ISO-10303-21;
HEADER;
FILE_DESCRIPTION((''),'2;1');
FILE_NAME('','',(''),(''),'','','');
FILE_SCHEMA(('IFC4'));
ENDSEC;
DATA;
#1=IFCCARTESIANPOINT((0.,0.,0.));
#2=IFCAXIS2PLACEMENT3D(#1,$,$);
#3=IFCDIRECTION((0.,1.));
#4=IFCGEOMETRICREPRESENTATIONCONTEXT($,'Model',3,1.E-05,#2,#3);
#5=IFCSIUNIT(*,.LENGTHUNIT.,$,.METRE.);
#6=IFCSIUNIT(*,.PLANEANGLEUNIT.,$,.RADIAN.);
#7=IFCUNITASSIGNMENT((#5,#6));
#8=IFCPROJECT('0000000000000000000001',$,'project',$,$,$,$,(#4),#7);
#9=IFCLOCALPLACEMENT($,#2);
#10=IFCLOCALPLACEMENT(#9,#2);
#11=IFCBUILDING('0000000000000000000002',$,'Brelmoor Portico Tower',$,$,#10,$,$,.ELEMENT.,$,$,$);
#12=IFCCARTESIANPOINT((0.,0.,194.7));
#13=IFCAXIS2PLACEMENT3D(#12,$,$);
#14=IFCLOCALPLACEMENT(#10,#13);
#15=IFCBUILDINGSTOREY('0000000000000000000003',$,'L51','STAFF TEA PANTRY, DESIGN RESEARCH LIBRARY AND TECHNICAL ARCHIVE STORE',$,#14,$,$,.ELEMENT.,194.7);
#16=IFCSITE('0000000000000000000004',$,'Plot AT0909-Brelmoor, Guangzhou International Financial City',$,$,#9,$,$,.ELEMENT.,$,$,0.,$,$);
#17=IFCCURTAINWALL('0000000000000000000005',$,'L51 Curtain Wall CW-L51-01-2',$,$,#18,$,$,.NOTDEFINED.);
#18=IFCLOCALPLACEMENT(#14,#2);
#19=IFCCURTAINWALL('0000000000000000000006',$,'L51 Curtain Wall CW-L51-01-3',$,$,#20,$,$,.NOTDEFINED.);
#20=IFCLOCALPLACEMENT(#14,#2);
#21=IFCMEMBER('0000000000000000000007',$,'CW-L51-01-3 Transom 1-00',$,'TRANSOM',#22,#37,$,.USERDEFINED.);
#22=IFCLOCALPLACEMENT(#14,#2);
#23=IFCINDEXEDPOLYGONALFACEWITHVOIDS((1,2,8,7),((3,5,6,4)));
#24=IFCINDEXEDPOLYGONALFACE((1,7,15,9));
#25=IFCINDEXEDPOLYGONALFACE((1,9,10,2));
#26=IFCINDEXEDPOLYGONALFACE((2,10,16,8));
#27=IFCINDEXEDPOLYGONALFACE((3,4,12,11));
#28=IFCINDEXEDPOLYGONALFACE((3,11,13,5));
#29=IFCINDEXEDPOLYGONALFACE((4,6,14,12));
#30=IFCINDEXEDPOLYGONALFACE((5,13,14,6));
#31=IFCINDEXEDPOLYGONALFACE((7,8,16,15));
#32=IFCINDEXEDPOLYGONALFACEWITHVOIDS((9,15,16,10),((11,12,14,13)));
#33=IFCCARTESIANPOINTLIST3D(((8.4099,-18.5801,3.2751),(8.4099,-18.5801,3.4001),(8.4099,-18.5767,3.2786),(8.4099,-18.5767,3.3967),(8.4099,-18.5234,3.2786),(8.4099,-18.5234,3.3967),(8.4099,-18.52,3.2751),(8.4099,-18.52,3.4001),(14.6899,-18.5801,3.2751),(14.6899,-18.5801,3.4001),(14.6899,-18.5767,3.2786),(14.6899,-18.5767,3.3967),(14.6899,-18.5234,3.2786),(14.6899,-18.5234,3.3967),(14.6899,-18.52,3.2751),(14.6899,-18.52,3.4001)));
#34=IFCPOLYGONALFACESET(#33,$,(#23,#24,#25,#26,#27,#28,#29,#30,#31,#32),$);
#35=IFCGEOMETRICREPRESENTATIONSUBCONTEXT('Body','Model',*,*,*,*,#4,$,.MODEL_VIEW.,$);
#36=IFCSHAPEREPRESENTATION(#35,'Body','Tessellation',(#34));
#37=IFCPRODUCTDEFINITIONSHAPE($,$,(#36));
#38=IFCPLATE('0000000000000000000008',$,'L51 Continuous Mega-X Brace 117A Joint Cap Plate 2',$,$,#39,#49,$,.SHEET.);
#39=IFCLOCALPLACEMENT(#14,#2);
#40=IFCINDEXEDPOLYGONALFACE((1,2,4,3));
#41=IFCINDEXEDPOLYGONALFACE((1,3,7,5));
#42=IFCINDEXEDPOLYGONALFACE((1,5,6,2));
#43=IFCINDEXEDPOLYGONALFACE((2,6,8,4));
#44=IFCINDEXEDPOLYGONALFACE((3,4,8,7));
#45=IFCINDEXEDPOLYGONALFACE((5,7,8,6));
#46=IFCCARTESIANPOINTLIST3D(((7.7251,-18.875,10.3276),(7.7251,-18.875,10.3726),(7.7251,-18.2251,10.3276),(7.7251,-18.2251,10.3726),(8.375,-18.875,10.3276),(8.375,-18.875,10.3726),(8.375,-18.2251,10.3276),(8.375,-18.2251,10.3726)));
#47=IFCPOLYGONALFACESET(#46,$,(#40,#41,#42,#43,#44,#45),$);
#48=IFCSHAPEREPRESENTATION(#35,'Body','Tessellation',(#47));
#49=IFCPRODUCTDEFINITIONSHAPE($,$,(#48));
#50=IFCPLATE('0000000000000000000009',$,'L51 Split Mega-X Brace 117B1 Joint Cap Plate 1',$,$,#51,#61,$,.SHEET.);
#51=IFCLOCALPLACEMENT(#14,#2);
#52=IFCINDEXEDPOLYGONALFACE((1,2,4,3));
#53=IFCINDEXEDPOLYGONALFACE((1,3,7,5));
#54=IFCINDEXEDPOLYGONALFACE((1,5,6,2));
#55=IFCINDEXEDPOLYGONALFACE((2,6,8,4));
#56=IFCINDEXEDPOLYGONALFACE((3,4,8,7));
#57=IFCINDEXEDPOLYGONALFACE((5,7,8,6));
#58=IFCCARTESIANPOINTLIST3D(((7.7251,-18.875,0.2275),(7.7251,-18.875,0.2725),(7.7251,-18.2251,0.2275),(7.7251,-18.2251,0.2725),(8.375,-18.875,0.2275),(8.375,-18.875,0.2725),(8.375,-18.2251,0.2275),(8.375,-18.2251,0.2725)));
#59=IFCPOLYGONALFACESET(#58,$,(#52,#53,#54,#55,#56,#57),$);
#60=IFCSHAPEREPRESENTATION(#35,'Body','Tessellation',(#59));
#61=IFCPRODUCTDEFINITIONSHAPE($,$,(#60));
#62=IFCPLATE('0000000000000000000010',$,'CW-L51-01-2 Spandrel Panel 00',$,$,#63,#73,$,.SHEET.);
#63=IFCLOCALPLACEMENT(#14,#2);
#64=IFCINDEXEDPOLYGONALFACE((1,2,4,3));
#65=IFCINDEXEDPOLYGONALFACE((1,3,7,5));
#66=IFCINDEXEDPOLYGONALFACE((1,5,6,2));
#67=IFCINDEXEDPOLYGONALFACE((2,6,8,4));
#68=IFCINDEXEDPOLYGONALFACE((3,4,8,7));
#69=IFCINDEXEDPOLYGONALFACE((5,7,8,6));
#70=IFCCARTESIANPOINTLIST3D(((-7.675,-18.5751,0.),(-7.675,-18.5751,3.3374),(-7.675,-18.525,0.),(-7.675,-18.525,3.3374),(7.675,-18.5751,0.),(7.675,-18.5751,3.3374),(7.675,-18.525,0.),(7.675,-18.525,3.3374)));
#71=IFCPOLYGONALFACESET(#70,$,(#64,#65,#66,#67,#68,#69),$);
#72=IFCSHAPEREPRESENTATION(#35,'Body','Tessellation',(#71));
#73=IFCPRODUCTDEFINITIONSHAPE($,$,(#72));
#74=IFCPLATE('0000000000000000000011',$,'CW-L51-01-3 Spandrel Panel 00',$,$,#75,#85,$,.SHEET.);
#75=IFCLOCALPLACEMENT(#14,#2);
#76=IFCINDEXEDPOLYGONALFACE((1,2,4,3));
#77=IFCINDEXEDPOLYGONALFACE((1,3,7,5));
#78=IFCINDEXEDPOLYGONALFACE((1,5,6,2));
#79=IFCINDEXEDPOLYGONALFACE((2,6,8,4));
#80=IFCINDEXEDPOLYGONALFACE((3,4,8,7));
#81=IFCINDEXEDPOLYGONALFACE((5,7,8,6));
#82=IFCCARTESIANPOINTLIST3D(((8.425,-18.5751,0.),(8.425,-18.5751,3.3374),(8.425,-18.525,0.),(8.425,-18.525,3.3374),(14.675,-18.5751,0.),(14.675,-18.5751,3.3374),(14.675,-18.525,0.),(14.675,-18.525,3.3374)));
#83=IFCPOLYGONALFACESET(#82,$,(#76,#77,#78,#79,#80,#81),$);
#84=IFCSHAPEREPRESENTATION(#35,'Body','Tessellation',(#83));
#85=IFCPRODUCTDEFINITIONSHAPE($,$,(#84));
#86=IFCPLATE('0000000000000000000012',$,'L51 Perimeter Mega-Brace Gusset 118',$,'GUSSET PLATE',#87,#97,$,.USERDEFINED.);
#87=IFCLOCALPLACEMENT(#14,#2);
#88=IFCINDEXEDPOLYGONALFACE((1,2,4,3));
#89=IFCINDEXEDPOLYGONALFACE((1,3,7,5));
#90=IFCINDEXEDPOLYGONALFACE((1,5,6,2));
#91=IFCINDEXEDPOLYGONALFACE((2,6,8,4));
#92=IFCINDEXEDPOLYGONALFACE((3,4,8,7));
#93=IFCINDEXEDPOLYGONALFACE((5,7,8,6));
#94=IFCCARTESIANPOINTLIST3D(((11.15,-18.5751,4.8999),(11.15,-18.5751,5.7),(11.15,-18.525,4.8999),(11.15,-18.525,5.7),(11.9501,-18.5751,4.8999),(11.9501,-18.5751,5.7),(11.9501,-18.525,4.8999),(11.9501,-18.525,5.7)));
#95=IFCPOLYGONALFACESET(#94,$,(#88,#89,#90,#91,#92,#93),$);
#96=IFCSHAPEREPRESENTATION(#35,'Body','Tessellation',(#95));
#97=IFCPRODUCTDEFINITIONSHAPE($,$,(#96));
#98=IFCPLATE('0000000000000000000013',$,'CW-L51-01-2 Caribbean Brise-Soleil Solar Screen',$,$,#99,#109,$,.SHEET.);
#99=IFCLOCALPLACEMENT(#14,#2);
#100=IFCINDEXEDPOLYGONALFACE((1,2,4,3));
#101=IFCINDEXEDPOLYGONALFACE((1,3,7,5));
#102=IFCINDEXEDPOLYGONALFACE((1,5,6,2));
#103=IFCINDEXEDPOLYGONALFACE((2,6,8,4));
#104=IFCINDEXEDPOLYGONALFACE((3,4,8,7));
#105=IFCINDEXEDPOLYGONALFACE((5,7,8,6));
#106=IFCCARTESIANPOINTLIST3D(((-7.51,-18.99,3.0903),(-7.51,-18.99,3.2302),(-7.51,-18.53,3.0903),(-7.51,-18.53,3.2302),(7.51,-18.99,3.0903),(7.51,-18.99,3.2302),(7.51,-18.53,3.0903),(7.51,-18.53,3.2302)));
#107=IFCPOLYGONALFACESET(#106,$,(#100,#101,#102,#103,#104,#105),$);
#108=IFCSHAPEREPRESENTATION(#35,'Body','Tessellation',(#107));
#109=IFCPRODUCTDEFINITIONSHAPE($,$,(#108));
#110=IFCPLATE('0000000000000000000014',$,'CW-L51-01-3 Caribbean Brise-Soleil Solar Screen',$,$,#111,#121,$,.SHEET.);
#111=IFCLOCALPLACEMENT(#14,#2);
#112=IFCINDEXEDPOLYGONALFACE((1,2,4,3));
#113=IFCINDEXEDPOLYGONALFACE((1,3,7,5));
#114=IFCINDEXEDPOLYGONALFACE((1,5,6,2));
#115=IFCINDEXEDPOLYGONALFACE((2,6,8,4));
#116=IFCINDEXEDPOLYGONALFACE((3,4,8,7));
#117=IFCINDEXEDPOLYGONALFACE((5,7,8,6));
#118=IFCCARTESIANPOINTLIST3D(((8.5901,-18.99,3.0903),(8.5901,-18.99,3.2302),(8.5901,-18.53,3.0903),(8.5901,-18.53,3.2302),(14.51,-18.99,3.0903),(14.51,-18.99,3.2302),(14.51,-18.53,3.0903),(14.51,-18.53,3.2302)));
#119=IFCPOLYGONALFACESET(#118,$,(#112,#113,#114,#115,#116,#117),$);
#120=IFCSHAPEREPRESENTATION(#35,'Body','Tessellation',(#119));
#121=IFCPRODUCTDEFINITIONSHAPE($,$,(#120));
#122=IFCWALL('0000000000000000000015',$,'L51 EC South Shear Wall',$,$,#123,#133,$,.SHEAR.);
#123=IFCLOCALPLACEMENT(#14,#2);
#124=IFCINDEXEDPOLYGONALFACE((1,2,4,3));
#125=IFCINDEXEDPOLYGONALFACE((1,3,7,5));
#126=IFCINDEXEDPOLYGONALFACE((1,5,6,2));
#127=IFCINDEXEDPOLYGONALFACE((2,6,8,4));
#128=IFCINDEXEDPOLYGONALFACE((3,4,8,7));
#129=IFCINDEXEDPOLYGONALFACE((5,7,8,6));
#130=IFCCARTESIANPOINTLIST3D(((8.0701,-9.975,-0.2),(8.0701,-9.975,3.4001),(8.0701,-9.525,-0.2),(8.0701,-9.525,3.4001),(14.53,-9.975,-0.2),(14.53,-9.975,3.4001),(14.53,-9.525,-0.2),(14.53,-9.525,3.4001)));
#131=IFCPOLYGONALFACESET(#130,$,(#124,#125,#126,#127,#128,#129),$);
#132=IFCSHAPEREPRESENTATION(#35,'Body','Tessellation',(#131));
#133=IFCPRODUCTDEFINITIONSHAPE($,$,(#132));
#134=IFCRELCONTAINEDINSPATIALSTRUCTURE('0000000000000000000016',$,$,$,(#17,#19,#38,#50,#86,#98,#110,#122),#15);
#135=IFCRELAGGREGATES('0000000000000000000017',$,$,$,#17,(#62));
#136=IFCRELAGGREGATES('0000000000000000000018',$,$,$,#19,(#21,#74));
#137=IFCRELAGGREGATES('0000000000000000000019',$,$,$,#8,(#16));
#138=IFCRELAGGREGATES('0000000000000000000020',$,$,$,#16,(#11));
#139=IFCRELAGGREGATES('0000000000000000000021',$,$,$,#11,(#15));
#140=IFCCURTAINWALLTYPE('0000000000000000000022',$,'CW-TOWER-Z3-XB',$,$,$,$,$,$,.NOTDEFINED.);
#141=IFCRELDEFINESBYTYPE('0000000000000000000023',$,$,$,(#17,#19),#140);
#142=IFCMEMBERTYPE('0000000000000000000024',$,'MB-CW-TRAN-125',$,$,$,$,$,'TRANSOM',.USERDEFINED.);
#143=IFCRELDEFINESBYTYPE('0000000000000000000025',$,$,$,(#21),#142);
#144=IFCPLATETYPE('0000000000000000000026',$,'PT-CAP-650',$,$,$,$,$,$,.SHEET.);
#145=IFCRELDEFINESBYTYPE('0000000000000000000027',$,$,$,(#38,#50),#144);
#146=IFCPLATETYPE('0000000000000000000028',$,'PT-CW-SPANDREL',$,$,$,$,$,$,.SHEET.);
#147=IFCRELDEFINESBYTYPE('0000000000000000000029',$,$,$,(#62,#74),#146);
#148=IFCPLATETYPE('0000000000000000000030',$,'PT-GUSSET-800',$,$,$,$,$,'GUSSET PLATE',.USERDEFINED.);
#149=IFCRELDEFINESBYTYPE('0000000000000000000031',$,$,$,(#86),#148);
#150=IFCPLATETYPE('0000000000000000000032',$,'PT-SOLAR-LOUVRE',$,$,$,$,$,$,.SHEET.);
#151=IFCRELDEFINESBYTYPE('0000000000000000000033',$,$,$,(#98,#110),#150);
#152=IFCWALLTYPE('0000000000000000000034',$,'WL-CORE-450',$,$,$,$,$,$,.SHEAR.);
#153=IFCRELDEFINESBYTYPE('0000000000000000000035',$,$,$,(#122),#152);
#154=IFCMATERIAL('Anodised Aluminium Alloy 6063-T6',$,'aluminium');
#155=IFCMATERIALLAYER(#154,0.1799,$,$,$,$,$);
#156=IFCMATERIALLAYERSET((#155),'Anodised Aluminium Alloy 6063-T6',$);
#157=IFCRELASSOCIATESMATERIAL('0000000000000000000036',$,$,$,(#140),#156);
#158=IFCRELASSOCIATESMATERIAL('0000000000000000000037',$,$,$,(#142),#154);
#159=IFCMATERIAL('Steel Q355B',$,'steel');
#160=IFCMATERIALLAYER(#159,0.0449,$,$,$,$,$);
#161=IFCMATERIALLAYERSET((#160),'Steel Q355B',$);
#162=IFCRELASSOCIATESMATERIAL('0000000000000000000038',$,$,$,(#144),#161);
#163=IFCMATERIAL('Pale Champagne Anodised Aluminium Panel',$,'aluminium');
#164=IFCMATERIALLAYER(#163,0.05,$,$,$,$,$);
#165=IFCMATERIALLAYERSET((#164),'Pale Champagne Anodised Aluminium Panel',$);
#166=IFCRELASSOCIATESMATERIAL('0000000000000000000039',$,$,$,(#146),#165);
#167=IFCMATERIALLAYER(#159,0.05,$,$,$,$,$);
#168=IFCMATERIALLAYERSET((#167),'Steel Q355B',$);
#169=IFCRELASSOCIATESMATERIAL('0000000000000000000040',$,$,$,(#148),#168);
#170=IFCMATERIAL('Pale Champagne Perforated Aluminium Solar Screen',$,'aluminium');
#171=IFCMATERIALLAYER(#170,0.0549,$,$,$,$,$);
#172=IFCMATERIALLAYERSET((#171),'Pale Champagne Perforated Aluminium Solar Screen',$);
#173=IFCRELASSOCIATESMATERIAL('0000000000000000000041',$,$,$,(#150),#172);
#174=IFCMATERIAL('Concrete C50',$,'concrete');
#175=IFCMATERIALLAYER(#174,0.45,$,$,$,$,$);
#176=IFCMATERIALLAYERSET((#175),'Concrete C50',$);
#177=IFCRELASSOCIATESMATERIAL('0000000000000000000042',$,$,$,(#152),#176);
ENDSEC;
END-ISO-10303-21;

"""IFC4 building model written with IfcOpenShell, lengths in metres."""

from ifc_helpers import new_model, si_unit, direction, frame, frame_2d, origin, origin_2d, place, context, subcontext, project, spatial, rectangle, hollow_rectangle, extrude, material, layer, layer_set, material_profile, profile_set, type_object, element, aggregate, save


model = new_model("IFC4")

# Units and contexts
model_context = context("Model", 3, precision=1e-05, world=origin(), true_north=direction((0.0, 1.0)))
body_context = subcontext(model_context, "Body", "Model", "MODEL_VIEW")
ifc_project = project(units=[si_unit("LENGTHUNIT", "METRE"), si_unit("PLANEANGLEUNIT", "RADIAN")], contexts=[model_context])

# Site, building, storey
site_placement = place(None, origin())
site = spatial("IfcSite", under=ifc_project, at=site_placement, Name="Plot AT0909-Brelmoor, Guangzhou International Financial City", CompositionType="ELEMENT", RefElevation=0.0)
building_placement = place(site_placement, origin())
building = spatial("IfcBuilding", under=site, at=building_placement, Name="Brelmoor Portico Tower", CompositionType="ELEMENT")
storey_placement = place(building_placement, frame((0.0, 0.0, 194.7)))
storey = spatial("IfcBuildingStorey", under=building, at=storey_placement, Name="L51", Description="STAFF TEA PANTRY, DESIGN RESEARCH LIBRARY AND TECHNICAL ARCHIVE STORE", CompositionType="ELEMENT", Elevation=194.7)

# Shared definitions
ifc_material_1 = material(Name="Steel Q355B", Category="steel")

# Curtain wall
ifc_material_2 = material(Name="Anodised Aluminium Alloy 6063-T6", Category="aluminium")
ifc_layer_1 = layer(ifc_material_2, 0.1799)
ifc_layer_set_1 = layer_set([ifc_layer_1], Name="Anodised Aluminium Alloy 6063-T6")
curtain_wall_type = type_object("IfcCurtainWallType", Name="CW-TOWER-Z3-XB", PredefinedType="NOTDEFINED", material=ifc_layer_set_1)
curtain_wall_1_placement = place(storey_placement, origin())
curtain_wall_1 = element("IfcCurtainWall", 1, at=curtain_wall_1_placement, inside=storey, type_object=curtain_wall_type, Name="L51 Curtain Wall CW-L51-01-2", PredefinedType="NOTDEFINED")

# Curtain wall, member
curtain_wall_2_placement = place(storey_placement, origin())
curtain_wall_2 = element("IfcCurtainWall", 2, at=curtain_wall_2_placement, inside=storey, type_object=curtain_wall_type, Name="L51 Curtain Wall CW-L51-01-3", PredefinedType="NOTDEFINED")
ifc_material_profile_1 = material_profile(ifc_material_2, hollow_rectangle(XDim=0.0601, YDim=0.125, WallThickness=0.0034, at=origin_2d()), Name="ALU TRANSOM 60x125")
ifc_profile_set_1 = profile_set([ifc_material_profile_1], Name="Anodised Aluminium Alloy 6063-T6")
member_type_1 = type_object("IfcMemberType", Name="MB-CW-TRAN-125", ElementType="TRANSOM", PredefinedType="USERDEFINED", material=ifc_profile_set_1)
member_1_placement = place(storey_placement, frame((8.4099, -18.55, 3.3376), z_axis=(1.0, 0.0, 0.0), x_axis=(0.0, 1.0, 0.0)))
member_1 = element("IfcMember", 3, at=member_1_placement, type_object=member_type_1, Name="CW-L51-01-3 Transom 1-00", ObjectType="TRANSOM", PredefinedType="USERDEFINED", context=body_context, shape_type="SweptSolid", body=[
    extrude(hollow_rectangle(XDim=0.0601, YDim=0.125, WallThickness=0.0034, at=origin_2d()), origin(), (0.0, 0.0, 1.0), 6.28),
])

# Plates
ifc_layer_2 = layer(ifc_material_1, 0.0449)
ifc_layer_set_2 = layer_set([ifc_layer_2], Name="Steel Q355B")
plate_type_1 = type_object("IfcPlateType", Name="PT-CAP-650", PredefinedType="SHEET", material=ifc_layer_set_2)
for number, where, z_axis, x_axis, name in (
    (4, (8.05, -18.55, 10.3276), (0.0, 0.0, 1.0), (1.0, 0.0, 0.0), "L51 Continuous Mega-X Brace 117A Joint Cap Plate 2"),
    (5, (8.05, -18.55, 0.2275), (0.0, 0.0, 1.0), (1.0, 0.0, 0.0), "L51 Split Mega-X Brace 117B1 Joint Cap Plate 1"),
):
    element("IfcPlate", number, at=place(storey_placement, frame(where, z_axis=z_axis, x_axis=x_axis)), inside=storey, type_object=plate_type_1, Name=name, PredefinedType="SHEET", context=body_context, shape_type="SweptSolid", body=[
        extrude(rectangle(XDim=0.6499, YDim=0.6499, at=origin_2d()), origin(), (0.0, 0.0, 1.0), 0.0449),
    ])

# Plates
ifc_material_3 = material(Name="Pale Champagne Anodised Aluminium Panel", Category="aluminium")
ifc_layer_3 = layer(ifc_material_3, 0.05)
ifc_layer_set_3 = layer_set([ifc_layer_3], Name="Pale Champagne Anodised Aluminium Panel")
plate_type_2 = type_object("IfcPlateType", Name="PT-CW-SPANDREL", PredefinedType="SHEET", material=ifc_layer_set_3)
plate_1_placement = place(storey_placement, frame((0.0, -18.55, 0.0), z_axis=(0.0, 0.0, 1.0), x_axis=(1.0, 0.0, 0.0)))
plate_1 = element("IfcPlate", 6, at=plate_1_placement, type_object=plate_type_2, Name="CW-L51-01-2 Spandrel Panel 00", PredefinedType="SHEET", context=body_context, shape_type="SweptSolid", body=[
    extrude(rectangle(XDim=15.3501, YDim=0.05, at=origin_2d()), origin(), (0.0, 0.0, 1.0), 3.3374),
])
aggregate(curtain_wall_1, [plate_1])
plate_2_placement = place(storey_placement, frame((11.55, -18.55, 0.0), z_axis=(0.0, 0.0, 1.0), x_axis=(1.0, 0.0, 0.0)))
plate_2 = element("IfcPlate", 7, at=plate_2_placement, type_object=plate_type_2, Name="CW-L51-01-3 Spandrel Panel 00", PredefinedType="SHEET", context=body_context, shape_type="SweptSolid", body=[
    extrude(rectangle(XDim=6.25, YDim=0.05, at=origin_2d()), origin(), (0.0, 0.0, 1.0), 3.3374),
])
aggregate(curtain_wall_2, [member_1, plate_2])

# Plates
ifc_layer_4 = layer(ifc_material_1, 0.05)
ifc_layer_set_4 = layer_set([ifc_layer_4], Name="Steel Q355B")
plate_type_3 = type_object("IfcPlateType", Name="PT-GUSSET-800", ElementType="GUSSET PLATE", PredefinedType="USERDEFINED", material=ifc_layer_set_4)
plate_3_placement = place(storey_placement, frame((11.55, -18.55, 4.8999), z_axis=(0.0, 0.0, 1.0), x_axis=(1.0, 0.0, 0.0)))
element("IfcPlate", 8, at=plate_3_placement, inside=storey, type_object=plate_type_3, Name="L51 Perimeter Mega-Brace Gusset 118", ObjectType="GUSSET PLATE", PredefinedType="USERDEFINED", context=body_context, shape_type="SweptSolid", body=[
    extrude(rectangle(XDim=0.8, YDim=0.05, at=origin_2d()), origin(), (0.0, 0.0, 1.0), 0.8),
])
ifc_material_4 = material(Name="Pale Champagne Perforated Aluminium Solar Screen", Category="aluminium")
ifc_layer_5 = layer(ifc_material_4, 0.0549)
ifc_layer_set_5 = layer_set([ifc_layer_5], Name="Pale Champagne Perforated Aluminium Solar Screen")
plate_type_4 = type_object("IfcPlateType", Name="PT-SOLAR-LOUVRE", PredefinedType="SHEET", material=ifc_layer_set_5)
plate_4_placement = place(storey_placement, frame((0.0, -18.76, 3.0903), z_axis=(0.0, 0.0, 1.0), x_axis=(1.0, 0.0, 0.0)))
element("IfcPlate", 9, at=plate_4_placement, inside=storey, type_object=plate_type_4, Name="CW-L51-01-2 Caribbean Brise-Soleil Solar Screen", PredefinedType="SHEET", context=body_context, shape_type="SweptSolid", body=[
    extrude(rectangle(XDim=15.02, YDim=0.46, at=origin_2d()), origin(), (0.0, 0.0, 1.0), 0.1399),
])
plate_5_placement = place(storey_placement, frame((11.55, -18.76, 3.0903), z_axis=(0.0, 0.0, 1.0), x_axis=(1.0, 0.0, 0.0)))
element("IfcPlate", 10, at=plate_5_placement, inside=storey, type_object=plate_type_4, Name="CW-L51-01-3 Caribbean Brise-Soleil Solar Screen", PredefinedType="SHEET", context=body_context, shape_type="SweptSolid", body=[
    extrude(rectangle(XDim=5.9199, YDim=0.46, at=origin_2d()), origin(), (0.0, 0.0, 1.0), 0.1399),
])

# Wall
ifc_material_5 = material(Name="Concrete C50", Category="concrete")
ifc_layer_6 = layer(ifc_material_5, 0.45)
ifc_layer_set_6 = layer_set([ifc_layer_6], Name="Concrete C50")
wall_type = type_object("IfcWallType", Name="WL-CORE-450", PredefinedType="SHEAR", material=ifc_layer_set_6)
wall_placement = place(storey_placement, frame((8.0701, -9.75, -0.2), z_axis=(0.0, 0.0, 1.0), x_axis=(1.0, 0.0, 0.0)))
element("IfcWall", 11, at=wall_placement, inside=storey, type_object=wall_type, Name="L51 EC South Shear Wall", PredefinedType="SHEAR", context=body_context, shape_type="SweptSolid", body=[
    extrude(rectangle(XDim=6.46, YDim=0.45, at=frame_2d((3.23, 0.0))), origin(), (0.0, 0.0, 1.0), 3.6001),
])

save(model, "model.ifc")
